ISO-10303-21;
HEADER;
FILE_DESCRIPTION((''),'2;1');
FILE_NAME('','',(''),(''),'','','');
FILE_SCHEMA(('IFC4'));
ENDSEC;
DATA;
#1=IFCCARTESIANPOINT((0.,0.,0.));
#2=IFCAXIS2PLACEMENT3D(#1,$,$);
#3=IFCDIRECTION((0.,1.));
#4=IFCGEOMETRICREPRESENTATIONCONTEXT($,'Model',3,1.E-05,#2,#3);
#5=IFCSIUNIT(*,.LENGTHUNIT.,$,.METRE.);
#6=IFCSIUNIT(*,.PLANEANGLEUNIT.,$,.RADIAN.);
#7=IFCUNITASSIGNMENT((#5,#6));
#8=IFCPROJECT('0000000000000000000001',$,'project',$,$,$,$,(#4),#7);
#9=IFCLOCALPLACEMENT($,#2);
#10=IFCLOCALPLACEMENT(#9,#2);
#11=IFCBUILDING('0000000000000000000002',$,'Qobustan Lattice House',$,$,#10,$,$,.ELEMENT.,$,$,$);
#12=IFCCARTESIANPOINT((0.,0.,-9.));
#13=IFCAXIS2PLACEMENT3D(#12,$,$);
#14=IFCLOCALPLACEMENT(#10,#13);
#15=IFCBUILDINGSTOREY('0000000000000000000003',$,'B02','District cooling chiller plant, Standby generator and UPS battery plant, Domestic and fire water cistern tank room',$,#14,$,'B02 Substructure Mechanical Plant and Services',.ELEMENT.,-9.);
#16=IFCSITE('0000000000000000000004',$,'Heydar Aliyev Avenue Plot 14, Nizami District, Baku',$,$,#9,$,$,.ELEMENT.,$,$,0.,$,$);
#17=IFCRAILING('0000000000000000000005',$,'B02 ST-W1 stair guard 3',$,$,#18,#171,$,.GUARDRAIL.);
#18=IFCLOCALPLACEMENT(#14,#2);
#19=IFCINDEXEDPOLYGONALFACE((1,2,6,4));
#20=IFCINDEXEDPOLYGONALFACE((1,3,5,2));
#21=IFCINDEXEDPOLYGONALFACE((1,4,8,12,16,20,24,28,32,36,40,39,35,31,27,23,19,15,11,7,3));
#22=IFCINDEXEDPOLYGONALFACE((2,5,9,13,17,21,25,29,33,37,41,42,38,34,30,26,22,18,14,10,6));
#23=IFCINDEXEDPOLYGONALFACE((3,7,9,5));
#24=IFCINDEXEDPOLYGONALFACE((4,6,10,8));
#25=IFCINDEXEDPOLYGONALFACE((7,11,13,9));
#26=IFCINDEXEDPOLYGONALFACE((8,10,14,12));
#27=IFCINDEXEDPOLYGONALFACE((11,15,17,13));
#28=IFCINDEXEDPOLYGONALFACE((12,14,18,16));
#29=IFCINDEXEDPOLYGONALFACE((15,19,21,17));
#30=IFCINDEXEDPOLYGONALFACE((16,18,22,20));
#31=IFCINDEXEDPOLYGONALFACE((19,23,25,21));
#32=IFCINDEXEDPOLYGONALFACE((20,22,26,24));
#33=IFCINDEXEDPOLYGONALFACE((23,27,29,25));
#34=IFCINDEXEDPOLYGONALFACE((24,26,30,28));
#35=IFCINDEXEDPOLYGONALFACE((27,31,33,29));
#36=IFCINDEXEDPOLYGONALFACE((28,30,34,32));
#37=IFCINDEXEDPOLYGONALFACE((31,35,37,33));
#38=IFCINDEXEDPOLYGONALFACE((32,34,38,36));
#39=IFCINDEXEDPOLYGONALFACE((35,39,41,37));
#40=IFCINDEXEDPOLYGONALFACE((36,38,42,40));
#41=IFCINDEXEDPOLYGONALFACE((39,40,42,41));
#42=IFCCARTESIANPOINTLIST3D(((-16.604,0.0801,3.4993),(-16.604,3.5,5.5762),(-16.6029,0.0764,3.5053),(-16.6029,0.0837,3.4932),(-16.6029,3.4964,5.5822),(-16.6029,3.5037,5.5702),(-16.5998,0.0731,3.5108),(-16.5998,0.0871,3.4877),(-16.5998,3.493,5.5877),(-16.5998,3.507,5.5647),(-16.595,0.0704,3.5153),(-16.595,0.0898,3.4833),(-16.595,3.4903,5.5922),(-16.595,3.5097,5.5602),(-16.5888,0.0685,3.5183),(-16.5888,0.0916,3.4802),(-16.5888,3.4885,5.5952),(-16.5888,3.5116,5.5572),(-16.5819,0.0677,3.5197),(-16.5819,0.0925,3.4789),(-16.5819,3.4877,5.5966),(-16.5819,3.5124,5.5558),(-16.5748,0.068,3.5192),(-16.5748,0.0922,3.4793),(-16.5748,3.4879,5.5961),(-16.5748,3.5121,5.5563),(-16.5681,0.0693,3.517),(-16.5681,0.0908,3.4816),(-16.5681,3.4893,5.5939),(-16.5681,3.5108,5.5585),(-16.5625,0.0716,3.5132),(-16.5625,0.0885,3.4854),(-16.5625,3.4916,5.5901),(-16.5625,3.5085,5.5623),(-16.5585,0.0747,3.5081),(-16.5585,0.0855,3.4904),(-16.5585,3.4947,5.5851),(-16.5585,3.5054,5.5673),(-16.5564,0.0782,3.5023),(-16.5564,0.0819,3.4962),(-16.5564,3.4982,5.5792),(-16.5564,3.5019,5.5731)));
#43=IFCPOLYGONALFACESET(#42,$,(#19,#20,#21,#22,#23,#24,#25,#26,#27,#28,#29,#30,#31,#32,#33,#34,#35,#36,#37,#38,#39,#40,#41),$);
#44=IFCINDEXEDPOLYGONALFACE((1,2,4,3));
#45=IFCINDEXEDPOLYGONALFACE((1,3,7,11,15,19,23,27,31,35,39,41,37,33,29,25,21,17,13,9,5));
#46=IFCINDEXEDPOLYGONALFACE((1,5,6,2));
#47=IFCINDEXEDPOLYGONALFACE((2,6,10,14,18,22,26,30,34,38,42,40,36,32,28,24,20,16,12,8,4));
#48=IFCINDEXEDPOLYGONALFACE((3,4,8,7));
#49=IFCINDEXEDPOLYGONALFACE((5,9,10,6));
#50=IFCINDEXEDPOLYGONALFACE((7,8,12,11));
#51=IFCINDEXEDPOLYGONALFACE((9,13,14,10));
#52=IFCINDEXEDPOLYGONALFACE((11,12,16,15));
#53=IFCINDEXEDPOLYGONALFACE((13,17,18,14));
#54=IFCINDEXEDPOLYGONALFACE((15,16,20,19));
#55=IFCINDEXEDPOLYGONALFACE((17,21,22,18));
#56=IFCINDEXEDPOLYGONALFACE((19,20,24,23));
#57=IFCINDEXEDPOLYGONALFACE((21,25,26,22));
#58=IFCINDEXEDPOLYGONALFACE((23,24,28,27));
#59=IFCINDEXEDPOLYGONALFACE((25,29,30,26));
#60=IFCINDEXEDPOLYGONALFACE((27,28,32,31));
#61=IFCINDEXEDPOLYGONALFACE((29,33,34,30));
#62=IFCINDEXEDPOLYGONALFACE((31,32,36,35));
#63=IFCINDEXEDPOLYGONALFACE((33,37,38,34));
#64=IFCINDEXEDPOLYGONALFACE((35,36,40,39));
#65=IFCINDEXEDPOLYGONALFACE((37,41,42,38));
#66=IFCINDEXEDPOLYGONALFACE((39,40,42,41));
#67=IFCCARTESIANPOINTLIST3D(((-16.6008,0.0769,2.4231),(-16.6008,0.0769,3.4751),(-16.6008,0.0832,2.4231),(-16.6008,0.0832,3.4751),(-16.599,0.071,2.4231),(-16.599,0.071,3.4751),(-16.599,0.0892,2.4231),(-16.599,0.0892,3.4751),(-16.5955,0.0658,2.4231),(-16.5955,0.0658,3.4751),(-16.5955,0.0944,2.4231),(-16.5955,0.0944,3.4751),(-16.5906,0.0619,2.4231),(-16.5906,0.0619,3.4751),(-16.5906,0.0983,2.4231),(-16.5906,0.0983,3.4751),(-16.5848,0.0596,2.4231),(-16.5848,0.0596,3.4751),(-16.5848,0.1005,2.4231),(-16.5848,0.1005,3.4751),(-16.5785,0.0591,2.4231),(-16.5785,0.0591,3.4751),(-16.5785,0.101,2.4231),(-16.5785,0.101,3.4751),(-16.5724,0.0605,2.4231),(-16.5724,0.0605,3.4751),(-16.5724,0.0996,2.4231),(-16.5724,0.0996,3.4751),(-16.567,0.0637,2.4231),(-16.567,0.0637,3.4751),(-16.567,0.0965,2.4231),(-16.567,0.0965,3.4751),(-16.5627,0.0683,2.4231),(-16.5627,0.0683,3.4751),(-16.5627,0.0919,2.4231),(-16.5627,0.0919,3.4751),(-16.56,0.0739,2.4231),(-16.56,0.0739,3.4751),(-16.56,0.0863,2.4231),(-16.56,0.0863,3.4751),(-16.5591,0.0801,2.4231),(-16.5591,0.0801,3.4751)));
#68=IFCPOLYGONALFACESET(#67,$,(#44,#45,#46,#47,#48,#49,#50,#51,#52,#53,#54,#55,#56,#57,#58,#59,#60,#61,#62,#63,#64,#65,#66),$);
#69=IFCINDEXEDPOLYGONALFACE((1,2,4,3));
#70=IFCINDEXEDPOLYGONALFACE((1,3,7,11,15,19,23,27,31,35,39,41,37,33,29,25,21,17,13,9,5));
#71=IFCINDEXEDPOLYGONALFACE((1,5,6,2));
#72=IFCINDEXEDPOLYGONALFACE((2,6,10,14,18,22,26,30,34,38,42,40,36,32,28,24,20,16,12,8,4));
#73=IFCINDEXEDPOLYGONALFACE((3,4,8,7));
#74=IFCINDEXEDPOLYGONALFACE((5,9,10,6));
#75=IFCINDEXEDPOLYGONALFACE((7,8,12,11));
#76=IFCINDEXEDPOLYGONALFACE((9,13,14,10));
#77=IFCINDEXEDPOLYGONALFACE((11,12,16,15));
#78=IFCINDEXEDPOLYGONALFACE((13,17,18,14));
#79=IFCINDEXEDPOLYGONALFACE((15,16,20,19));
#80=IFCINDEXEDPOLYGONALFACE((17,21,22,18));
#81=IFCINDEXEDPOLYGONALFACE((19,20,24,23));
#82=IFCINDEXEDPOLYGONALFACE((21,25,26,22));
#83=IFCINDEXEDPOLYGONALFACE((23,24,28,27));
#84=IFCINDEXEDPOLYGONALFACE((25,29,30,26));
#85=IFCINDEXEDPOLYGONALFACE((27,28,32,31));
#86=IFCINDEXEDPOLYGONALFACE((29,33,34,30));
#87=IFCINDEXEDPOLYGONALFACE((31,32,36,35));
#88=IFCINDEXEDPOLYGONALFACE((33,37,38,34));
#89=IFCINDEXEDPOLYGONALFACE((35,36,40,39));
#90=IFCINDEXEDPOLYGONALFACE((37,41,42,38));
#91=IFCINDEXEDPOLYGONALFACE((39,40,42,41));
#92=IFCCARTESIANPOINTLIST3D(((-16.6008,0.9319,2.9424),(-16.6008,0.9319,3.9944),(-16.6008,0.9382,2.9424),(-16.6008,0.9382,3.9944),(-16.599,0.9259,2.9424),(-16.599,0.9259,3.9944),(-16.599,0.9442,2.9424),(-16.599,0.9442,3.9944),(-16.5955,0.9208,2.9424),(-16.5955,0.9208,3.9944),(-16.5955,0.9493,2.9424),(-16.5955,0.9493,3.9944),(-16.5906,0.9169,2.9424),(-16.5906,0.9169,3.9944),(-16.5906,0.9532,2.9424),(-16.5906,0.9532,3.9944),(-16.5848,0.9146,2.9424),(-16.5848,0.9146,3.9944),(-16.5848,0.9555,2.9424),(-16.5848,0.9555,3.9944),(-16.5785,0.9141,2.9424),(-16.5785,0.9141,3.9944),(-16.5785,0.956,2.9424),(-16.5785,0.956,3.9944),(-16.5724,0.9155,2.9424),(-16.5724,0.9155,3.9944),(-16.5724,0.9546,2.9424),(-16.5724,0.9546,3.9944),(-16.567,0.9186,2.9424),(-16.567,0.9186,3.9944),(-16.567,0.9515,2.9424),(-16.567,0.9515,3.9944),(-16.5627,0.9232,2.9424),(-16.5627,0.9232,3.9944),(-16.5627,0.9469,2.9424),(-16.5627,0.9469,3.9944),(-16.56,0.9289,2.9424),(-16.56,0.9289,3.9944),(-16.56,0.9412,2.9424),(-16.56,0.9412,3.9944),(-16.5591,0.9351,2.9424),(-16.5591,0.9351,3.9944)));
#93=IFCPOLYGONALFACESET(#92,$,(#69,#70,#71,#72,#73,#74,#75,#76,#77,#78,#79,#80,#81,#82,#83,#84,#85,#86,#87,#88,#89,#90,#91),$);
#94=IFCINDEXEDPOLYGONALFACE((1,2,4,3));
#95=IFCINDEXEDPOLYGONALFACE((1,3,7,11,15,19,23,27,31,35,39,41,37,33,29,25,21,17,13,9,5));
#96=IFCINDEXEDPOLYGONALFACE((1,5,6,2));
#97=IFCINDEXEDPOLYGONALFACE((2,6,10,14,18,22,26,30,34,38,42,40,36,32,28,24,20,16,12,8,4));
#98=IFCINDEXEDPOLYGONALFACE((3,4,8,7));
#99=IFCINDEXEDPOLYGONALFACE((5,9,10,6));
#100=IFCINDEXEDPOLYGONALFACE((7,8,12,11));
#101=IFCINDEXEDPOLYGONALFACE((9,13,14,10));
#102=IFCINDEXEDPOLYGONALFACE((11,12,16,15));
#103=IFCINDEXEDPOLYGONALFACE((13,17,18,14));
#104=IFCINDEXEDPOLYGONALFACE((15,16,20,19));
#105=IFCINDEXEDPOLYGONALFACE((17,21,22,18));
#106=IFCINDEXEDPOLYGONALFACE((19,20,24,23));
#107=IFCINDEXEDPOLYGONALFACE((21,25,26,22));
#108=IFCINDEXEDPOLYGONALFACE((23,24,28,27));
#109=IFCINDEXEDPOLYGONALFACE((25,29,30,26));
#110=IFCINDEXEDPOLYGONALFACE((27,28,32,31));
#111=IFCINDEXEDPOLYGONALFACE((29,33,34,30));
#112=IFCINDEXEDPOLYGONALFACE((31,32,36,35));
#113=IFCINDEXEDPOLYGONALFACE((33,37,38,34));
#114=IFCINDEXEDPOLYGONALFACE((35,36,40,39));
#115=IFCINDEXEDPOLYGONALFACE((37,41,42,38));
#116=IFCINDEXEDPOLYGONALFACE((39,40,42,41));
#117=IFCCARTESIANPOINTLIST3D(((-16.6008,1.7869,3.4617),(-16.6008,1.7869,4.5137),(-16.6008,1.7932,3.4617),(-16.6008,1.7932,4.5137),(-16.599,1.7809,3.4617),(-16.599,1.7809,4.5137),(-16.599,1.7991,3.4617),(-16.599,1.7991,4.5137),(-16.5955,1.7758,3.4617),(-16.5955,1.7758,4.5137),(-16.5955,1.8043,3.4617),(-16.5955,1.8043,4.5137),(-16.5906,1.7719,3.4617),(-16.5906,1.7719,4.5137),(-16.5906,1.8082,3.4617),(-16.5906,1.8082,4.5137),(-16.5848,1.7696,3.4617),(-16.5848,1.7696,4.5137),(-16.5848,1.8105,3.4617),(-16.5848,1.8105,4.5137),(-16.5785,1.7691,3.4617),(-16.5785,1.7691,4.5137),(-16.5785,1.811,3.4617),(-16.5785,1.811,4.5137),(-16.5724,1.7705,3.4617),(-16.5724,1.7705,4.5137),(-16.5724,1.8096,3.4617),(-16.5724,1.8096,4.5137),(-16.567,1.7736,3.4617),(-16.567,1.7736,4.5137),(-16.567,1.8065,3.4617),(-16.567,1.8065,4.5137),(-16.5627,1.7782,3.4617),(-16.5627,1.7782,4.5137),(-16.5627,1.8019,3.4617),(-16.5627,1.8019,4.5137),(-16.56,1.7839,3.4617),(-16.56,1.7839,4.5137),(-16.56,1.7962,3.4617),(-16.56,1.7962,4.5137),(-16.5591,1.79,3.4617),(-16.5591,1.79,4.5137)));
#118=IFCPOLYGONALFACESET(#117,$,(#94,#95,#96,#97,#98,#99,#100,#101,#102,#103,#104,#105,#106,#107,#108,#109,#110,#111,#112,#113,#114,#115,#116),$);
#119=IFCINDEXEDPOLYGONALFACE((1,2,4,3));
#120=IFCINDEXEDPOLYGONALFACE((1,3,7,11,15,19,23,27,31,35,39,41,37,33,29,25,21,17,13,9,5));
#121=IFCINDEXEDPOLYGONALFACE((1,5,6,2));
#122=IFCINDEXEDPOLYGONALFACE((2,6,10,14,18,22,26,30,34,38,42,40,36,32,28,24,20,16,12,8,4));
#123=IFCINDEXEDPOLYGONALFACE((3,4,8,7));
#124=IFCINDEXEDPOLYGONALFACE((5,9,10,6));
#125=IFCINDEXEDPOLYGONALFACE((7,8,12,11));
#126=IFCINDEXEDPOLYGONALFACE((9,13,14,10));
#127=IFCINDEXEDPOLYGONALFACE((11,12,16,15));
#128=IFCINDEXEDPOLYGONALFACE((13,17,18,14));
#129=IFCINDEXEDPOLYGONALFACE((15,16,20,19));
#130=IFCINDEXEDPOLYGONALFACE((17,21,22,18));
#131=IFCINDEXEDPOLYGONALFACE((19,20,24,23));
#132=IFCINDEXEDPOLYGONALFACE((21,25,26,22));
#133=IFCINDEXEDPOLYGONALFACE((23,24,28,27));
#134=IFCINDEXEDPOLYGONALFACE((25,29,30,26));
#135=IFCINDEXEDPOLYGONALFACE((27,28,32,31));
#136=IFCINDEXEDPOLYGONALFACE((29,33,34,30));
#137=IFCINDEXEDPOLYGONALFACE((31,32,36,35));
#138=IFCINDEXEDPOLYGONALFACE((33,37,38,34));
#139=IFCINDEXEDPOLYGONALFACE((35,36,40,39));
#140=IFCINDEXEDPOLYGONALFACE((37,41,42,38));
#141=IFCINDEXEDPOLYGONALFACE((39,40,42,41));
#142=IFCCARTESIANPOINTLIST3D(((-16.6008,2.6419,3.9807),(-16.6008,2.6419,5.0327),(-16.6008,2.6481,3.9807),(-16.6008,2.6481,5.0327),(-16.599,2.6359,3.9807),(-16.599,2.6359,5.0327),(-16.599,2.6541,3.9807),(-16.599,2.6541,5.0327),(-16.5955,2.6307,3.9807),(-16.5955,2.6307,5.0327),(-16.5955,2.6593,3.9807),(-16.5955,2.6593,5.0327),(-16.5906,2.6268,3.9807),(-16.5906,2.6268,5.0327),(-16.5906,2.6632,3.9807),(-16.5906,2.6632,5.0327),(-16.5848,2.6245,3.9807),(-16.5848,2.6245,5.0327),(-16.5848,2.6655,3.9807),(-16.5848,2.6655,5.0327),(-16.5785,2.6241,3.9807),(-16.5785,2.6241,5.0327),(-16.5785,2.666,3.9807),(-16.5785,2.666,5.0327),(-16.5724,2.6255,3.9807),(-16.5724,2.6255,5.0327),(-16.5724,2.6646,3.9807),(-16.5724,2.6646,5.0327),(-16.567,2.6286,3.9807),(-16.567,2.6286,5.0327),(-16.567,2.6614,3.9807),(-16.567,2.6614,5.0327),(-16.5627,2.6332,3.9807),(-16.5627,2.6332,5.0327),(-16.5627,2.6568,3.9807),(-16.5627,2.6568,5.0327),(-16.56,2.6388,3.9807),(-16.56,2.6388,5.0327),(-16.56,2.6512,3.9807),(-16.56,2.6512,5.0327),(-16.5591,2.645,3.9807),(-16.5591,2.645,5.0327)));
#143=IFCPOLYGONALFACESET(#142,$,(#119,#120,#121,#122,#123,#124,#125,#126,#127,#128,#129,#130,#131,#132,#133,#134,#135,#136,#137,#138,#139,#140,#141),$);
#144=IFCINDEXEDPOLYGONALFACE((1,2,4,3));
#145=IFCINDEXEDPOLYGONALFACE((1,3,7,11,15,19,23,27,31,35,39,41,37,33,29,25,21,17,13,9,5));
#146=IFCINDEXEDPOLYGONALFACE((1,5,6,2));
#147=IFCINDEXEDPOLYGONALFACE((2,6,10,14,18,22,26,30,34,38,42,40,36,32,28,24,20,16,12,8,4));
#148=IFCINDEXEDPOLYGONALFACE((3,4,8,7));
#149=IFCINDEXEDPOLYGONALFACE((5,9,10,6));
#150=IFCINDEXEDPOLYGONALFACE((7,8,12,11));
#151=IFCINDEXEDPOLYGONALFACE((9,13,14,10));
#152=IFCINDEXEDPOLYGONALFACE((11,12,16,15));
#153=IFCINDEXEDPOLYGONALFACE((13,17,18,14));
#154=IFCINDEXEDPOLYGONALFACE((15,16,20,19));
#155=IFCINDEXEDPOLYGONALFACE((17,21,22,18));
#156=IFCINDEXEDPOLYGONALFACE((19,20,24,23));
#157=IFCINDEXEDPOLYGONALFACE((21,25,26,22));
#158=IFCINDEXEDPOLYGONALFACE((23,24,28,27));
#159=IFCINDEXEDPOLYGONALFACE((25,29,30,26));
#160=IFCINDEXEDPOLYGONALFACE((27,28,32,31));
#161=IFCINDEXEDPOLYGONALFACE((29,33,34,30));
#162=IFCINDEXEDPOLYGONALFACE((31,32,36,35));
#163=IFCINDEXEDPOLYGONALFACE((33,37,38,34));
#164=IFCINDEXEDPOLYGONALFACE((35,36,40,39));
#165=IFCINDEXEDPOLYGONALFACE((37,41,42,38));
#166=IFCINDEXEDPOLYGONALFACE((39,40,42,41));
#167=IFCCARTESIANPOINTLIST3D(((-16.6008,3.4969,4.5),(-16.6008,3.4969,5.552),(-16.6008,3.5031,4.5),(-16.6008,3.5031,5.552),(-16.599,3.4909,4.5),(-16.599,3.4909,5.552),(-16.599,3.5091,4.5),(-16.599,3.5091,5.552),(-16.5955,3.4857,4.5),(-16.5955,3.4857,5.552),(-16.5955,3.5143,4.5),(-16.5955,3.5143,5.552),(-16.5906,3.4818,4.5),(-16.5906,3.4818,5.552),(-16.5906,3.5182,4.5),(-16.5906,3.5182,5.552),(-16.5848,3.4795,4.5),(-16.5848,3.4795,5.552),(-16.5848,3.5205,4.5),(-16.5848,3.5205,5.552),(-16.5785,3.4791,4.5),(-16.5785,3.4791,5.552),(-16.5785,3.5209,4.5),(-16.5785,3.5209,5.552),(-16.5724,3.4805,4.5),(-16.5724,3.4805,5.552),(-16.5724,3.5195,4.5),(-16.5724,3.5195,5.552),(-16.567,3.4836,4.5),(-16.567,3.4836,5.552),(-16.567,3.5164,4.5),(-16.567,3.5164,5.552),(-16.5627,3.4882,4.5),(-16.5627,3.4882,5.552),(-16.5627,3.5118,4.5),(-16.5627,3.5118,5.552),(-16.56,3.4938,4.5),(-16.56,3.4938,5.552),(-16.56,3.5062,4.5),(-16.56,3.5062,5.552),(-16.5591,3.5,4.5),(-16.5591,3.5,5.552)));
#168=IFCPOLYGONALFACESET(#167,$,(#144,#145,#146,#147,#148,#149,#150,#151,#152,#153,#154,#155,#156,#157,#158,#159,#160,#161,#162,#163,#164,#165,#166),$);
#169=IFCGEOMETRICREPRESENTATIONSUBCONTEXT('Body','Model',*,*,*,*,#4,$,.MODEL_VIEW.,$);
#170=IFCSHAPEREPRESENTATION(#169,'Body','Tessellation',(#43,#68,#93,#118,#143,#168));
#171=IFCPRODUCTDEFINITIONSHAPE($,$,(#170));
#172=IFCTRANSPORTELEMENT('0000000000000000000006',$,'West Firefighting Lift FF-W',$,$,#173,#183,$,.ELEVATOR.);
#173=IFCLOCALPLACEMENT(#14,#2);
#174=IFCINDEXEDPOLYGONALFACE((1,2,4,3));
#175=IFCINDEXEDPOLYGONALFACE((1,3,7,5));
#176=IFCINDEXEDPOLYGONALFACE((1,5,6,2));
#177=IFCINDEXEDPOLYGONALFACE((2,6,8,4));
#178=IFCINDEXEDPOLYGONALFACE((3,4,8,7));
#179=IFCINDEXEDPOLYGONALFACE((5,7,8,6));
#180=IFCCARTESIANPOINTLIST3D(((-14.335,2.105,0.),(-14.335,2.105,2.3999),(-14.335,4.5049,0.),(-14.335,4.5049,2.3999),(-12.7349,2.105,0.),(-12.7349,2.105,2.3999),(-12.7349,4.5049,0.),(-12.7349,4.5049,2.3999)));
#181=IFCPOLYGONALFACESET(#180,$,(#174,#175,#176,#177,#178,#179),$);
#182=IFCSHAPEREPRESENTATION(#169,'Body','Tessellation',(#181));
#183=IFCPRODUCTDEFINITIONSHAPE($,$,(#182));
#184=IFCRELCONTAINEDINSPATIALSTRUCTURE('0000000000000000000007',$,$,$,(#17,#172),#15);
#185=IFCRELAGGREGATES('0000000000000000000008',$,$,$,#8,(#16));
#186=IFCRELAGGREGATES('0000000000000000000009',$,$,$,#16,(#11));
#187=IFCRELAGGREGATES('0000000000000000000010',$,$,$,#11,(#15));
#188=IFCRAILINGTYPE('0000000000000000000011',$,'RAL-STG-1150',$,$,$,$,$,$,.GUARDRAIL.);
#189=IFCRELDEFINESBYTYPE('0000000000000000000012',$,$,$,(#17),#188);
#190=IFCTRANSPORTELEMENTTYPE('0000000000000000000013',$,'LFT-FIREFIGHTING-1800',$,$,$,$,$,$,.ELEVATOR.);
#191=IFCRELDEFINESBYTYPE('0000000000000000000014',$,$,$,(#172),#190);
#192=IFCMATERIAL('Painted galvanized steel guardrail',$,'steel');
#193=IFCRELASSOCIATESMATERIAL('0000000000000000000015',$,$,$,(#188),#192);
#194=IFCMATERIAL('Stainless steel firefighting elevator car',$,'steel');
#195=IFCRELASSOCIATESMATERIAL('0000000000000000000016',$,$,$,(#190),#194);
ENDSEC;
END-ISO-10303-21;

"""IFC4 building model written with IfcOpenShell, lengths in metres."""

from ifc_helpers import new_model, si_unit, direction, frame, origin, origin_2d, place, context, subcontext, project, spatial, rectangle, circle, extrude, material, type_object, element, save


model = new_model("IFC4")

# Units and contexts
model_context = context("Model", 3, precision=1e-05, world=origin(), true_north=direction((0.0, 1.0)))
body_context = subcontext(model_context, "Body", "Model", "MODEL_VIEW")
ifc_project = project(units=[si_unit("LENGTHUNIT", "METRE"), si_unit("PLANEANGLEUNIT", "RADIAN")], contexts=[model_context])

# Site, building, storey
site_placement = place(None, origin())
site = spatial("IfcSite", under=ifc_project, at=site_placement, Name="Heydar Aliyev Avenue Plot 14, Nizami District, Baku", CompositionType="ELEMENT", RefElevation=0.0)
building_placement = place(site_placement, origin())
building = spatial("IfcBuilding", under=site, at=building_placement, Name="Qobustan Lattice House", CompositionType="ELEMENT")
storey_placement = place(building_placement, frame((0.0, 0.0, -9.0)))
storey = spatial("IfcBuildingStorey", under=building, at=storey_placement, Name="B02", Description="District cooling chiller plant, Standby generator and UPS battery plant, Domestic and fire water cistern tank room", LongName="B02 Substructure Mechanical Plant and Services", CompositionType="ELEMENT", Elevation=-9.0)

# Railing
ifc_material_1 = material(Name="Painted galvanized steel guardrail", Category="steel")
railing_type_1 = type_object("IfcRailingType", Name="RAL-STG-1150", PredefinedType="GUARDRAIL", material=ifc_material_1)
railing_1_placement = place(storey_placement, frame((-16.5801, 0.0801, 2.4231)))
element("IfcRailing", 1, at=railing_1_placement, inside=storey, type_object=railing_type_1, Name="B02 ST-W1 stair guard 3", PredefinedType="GUARDRAIL", context=body_context, shape_type="SweptSolid", body=[
    extrude(circle(Radius=0.0239, at=origin_2d()), frame((0.0, 0.0, 1.0762), z_axis=(0.0, 0.85473, 0.519074), x_axis=(-1.0, 0.0, 0.0)), (0.0, 0.0, 1.0), 4.0012),
    extrude(circle(Radius=0.021, at=origin_2d()), origin(), (0.0, 0.0, 1.0), 1.052),
    extrude(circle(Radius=0.021, at=origin_2d()), frame((0.0, 0.855, 0.5193)), (0.0, 0.0, 1.0), 1.052),
    extrude(circle(Radius=0.021, at=origin_2d()), frame((0.0, 1.71, 1.0386)), (0.0, 0.0, 1.0), 1.052),
    extrude(circle(Radius=0.021, at=origin_2d()), frame((0.0, 2.5649, 1.5576)), (0.0, 0.0, 1.0), 1.052),
    extrude(circle(Radius=0.021, at=origin_2d()), frame((0.0, 3.4199, 2.0769)), (0.0, 0.0, 1.0), 1.052),
])

# Transport element
ifc_material_2 = material(Name="Stainless steel firefighting elevator car", Category="steel")
transport_element_type = type_object("IfcTransportElementType", Name="LFT-FIREFIGHTING-1800", PredefinedType="ELEVATOR", material=ifc_material_2)
transport_element_placement = place(storey_placement, frame((-13.5349, 3.3049, 0.0), z_axis=(0.0, 0.0, 1.0), x_axis=(1.0, 0.0, 0.0)))
element("IfcTransportElement", 2, at=transport_element_placement, inside=storey, type_object=transport_element_type, Name="West Firefighting Lift FF-W", PredefinedType="ELEVATOR", context=body_context, shape_type="SweptSolid", body=[
    extrude(rectangle(XDim=1.6001, YDim=2.3999, at=origin_2d()), origin(), (0.0, 0.0, 1.0), 2.3999),
])

save(model, "model.ifc")
